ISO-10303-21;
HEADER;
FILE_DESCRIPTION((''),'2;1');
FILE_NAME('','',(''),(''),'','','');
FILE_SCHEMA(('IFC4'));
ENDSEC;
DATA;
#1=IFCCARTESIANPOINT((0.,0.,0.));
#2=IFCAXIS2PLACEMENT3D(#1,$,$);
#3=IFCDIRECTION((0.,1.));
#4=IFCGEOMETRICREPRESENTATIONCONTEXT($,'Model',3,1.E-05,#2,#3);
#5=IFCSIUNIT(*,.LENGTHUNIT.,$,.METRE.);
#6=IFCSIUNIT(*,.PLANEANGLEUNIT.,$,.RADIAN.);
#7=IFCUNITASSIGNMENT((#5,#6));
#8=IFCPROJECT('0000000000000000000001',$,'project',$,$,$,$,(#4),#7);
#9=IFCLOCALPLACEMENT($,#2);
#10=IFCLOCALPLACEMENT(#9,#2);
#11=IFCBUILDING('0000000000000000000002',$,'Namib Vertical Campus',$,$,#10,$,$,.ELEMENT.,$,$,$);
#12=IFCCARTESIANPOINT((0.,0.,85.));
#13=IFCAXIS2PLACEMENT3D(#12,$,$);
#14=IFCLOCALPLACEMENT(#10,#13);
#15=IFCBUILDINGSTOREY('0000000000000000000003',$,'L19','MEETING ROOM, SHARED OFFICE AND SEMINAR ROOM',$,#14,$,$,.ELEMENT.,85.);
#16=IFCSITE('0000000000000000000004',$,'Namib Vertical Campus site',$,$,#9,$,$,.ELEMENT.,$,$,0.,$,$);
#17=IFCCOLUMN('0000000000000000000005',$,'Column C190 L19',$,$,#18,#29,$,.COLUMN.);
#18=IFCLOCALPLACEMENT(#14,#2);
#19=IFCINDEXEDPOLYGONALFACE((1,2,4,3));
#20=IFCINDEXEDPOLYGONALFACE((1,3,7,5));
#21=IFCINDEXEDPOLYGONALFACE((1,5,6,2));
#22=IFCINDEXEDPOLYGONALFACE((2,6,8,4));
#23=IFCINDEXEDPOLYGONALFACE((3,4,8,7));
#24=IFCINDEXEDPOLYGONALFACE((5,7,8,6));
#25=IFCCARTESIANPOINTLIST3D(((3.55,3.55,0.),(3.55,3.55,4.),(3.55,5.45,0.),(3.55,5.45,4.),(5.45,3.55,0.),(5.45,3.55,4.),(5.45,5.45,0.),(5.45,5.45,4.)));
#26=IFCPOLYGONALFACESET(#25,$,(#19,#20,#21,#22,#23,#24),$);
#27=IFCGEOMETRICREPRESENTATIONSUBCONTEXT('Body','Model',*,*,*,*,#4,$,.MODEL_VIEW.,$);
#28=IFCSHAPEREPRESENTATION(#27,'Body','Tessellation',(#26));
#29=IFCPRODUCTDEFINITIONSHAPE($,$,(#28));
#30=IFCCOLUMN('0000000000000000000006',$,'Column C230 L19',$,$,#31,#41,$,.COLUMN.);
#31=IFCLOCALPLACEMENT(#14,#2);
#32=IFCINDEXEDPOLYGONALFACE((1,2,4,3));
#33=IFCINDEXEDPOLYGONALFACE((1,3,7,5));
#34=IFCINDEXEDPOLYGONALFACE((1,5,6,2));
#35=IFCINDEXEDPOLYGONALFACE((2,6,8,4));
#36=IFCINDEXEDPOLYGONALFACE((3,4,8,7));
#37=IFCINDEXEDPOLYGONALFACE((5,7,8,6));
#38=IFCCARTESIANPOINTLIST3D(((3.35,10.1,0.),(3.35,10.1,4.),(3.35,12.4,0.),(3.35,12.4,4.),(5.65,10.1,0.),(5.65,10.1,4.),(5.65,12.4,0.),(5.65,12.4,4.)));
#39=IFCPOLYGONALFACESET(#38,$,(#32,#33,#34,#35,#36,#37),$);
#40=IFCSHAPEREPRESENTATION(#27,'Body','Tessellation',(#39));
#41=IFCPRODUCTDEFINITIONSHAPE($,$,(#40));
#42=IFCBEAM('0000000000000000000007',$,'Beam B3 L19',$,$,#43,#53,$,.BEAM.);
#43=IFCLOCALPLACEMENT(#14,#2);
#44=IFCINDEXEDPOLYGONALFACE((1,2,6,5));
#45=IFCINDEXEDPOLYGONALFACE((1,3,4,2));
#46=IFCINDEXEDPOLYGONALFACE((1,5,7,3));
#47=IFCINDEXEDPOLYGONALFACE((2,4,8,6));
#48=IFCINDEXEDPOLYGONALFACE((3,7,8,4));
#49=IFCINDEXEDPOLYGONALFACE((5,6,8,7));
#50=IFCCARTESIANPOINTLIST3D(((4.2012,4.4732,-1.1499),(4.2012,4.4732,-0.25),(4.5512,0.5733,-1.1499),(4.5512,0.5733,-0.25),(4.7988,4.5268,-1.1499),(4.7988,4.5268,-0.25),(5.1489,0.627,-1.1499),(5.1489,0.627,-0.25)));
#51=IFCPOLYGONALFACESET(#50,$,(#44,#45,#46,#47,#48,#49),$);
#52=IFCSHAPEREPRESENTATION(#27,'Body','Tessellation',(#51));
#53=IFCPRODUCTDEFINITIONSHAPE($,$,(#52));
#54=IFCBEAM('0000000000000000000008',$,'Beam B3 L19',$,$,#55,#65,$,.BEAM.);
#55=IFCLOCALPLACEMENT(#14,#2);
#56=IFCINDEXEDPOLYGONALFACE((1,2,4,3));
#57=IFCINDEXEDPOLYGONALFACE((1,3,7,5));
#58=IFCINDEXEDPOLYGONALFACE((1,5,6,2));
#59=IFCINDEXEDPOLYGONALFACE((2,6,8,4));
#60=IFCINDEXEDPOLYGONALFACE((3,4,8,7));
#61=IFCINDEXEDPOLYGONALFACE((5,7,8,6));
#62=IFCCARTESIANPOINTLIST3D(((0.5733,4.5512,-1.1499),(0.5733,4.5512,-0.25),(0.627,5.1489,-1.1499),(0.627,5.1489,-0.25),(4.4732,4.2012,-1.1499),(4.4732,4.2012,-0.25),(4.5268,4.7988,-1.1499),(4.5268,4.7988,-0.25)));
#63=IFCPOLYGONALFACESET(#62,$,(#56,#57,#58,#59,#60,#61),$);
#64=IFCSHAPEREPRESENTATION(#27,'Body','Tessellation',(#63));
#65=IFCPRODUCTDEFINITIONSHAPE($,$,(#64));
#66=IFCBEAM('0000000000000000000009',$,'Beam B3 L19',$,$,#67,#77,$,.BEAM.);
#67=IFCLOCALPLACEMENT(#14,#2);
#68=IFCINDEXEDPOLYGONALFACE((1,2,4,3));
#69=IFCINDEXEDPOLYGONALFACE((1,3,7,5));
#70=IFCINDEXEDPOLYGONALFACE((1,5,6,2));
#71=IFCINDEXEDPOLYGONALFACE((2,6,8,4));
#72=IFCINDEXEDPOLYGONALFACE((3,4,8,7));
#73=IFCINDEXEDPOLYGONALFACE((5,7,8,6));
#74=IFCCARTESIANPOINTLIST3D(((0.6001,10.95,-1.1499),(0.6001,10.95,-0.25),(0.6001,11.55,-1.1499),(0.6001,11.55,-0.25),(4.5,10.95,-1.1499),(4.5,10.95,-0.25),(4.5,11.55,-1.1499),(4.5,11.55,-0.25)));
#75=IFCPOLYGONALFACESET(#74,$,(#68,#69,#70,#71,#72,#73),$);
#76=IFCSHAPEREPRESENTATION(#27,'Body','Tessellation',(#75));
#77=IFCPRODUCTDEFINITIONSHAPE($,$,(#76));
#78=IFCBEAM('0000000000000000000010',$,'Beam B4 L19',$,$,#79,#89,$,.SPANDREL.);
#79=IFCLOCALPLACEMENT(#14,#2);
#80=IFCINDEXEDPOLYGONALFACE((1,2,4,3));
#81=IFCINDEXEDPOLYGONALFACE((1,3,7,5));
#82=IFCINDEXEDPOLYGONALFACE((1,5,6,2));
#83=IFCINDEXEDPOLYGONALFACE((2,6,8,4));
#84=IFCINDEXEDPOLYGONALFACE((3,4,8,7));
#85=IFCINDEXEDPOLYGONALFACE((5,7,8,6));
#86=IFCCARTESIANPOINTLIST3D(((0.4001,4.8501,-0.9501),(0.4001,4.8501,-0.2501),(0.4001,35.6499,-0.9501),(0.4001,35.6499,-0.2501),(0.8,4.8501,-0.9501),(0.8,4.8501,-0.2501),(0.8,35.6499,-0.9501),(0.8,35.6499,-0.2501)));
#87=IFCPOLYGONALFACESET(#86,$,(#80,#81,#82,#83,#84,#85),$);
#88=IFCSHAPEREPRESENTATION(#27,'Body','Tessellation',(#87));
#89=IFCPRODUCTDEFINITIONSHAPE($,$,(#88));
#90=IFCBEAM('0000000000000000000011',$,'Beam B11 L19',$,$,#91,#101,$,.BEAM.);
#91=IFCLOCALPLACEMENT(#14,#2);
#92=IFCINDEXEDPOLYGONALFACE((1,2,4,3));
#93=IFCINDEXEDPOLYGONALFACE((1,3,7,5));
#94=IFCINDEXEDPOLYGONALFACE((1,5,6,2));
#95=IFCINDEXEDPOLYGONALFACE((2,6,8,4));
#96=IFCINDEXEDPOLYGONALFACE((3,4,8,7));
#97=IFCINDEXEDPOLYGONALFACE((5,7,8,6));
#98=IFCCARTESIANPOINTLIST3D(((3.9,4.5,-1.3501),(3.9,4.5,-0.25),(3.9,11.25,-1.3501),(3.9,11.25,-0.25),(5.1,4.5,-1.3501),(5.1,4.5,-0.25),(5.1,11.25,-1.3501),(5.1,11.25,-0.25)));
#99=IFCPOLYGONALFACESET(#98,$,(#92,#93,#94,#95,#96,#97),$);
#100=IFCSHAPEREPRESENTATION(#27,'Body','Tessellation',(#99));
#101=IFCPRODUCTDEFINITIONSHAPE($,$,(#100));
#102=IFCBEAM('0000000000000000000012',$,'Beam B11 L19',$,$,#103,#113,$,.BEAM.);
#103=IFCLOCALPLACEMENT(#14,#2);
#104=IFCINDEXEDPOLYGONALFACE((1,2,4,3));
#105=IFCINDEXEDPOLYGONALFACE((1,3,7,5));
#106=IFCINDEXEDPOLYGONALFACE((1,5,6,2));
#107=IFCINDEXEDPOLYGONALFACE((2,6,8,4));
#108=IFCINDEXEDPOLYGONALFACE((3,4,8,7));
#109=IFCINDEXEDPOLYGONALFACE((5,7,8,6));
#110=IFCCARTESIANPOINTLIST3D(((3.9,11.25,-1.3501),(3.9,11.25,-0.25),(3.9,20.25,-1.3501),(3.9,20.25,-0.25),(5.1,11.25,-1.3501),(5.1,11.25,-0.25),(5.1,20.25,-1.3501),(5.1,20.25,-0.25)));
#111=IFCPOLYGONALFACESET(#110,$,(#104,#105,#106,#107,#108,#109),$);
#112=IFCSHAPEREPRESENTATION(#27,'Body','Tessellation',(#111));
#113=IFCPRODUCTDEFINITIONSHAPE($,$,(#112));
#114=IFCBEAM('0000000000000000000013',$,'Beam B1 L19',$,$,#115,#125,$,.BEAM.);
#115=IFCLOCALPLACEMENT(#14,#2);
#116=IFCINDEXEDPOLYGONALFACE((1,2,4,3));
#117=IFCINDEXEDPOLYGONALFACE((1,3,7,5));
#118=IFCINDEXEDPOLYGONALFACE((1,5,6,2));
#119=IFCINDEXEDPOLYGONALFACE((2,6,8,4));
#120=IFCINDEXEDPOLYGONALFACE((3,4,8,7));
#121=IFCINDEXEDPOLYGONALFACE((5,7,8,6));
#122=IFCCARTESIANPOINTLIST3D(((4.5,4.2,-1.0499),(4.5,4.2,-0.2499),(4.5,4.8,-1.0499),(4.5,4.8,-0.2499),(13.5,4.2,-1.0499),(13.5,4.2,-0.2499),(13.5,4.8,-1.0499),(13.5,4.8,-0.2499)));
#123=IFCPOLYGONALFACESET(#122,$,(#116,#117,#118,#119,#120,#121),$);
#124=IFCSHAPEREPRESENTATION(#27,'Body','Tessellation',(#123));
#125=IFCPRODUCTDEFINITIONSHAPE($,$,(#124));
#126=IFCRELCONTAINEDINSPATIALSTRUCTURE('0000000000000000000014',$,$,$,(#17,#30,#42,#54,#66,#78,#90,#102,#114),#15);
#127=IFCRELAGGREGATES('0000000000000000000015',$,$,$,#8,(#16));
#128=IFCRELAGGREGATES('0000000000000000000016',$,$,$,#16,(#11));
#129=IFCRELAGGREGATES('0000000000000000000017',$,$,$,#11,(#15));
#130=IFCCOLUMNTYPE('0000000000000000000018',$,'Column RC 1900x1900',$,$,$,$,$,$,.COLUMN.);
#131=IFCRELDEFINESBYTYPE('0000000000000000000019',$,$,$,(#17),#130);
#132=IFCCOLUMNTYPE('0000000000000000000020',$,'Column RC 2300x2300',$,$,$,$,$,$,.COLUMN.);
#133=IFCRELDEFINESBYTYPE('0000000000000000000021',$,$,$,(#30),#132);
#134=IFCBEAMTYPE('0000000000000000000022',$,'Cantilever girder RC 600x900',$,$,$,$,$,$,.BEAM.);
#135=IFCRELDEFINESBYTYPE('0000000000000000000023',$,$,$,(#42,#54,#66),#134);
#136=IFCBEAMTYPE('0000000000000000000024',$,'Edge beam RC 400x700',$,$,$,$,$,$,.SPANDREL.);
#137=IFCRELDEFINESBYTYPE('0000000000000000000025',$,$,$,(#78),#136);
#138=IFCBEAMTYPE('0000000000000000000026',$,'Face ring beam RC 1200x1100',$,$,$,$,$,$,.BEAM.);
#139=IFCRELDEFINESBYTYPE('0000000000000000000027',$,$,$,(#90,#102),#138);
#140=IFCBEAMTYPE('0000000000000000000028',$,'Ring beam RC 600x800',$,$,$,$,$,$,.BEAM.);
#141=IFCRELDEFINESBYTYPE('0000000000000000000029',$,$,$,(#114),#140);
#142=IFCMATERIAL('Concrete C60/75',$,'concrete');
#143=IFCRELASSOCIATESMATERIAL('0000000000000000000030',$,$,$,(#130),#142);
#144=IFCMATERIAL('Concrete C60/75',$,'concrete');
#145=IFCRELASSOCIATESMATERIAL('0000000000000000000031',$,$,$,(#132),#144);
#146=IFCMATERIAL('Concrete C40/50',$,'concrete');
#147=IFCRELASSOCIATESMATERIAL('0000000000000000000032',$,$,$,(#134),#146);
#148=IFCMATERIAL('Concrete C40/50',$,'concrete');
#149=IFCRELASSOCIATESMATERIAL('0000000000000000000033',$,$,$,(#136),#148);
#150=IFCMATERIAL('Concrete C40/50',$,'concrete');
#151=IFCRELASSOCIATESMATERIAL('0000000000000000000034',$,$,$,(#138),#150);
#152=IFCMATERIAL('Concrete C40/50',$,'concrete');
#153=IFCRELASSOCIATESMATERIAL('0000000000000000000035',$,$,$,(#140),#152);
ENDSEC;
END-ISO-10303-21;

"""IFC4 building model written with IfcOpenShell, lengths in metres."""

from ifc_helpers import new_model, si_unit, direction, frame, origin, origin_2d, place, context, subcontext, project, spatial, rectangle, extrude, material, material_profile, profile_set, type_object, element, save


model = new_model("IFC4")

# Units and contexts
model_context = context("Model", 3, precision=1e-05, world=origin(), true_north=direction((0.0, 1.0)))
body_context = subcontext(model_context, "Body", "Model", "MODEL_VIEW")
ifc_project = project(units=[si_unit("LENGTHUNIT", "METRE"), si_unit("PLANEANGLEUNIT", "RADIAN")], contexts=[model_context])

# Site, building, storey
site_placement = place(None, origin())
site = spatial("IfcSite", under=ifc_project, at=site_placement, Name="Namib Vertical Campus site", CompositionType="ELEMENT", RefElevation=0.0)
building_placement = place(site_placement, origin())
building = spatial("IfcBuilding", under=site, at=building_placement, Name="Namib Vertical Campus", CompositionType="ELEMENT")
storey_placement = place(building_placement, frame((0.0, 0.0, 85.0)))
storey = spatial("IfcBuildingStorey", under=building, at=storey_placement, Name="L19", Description="MEETING ROOM, SHARED OFFICE AND SEMINAR ROOM", CompositionType="ELEMENT", Elevation=85.0)

# Columns
ifc_material_1 = material(Name="Concrete C60/75", Category="concrete")
ifc_material_profile_1 = material_profile(ifc_material_1, rectangle(XDim=1.8999, YDim=1.8999, at=origin_2d()))
ifc_profile_set_1 = profile_set([ifc_material_profile_1], Name="Concrete C60/75")
column_type_1 = type_object("IfcColumnType", Name="Column RC 1900x1900", PredefinedType="COLUMN", material=ifc_profile_set_1)
column_1_placement = place(storey_placement, frame((4.5, 4.5, 0.0), z_axis=(0.0, 0.0, 1.0), x_axis=(1.0, 0.0, 0.0)))
element("IfcColumn", 1, at=column_1_placement, inside=storey, type_object=column_type_1, Name="Column C190 L19", PredefinedType="COLUMN", context=body_context, shape_type="SweptSolid", body=[
    extrude(rectangle(XDim=1.8999, YDim=1.8999, at=origin_2d()), origin(), (0.0, 0.0, 1.0), 4.0),
])
ifc_material_2 = material(Name="Concrete C60/75", Category="concrete")
ifc_material_profile_2 = material_profile(ifc_material_2, rectangle(XDim=2.3, YDim=2.3, at=origin_2d()))
ifc_profile_set_2 = profile_set([ifc_material_profile_2], Name="Concrete C60/75")
column_type_2 = type_object("IfcColumnType", Name="Column RC 2300x2300", PredefinedType="COLUMN", material=ifc_profile_set_2)
column_2_placement = place(storey_placement, frame((4.5, 11.25, 0.0), z_axis=(0.0, 0.0, 1.0), x_axis=(1.0, 0.0, 0.0)))
element("IfcColumn", 2, at=column_2_placement, inside=storey, type_object=column_type_2, Name="Column C230 L19", PredefinedType="COLUMN", context=body_context, shape_type="SweptSolid", body=[
    extrude(rectangle(XDim=2.3, YDim=2.3, at=origin_2d()), origin(), (0.0, 0.0, 1.0), 4.0),
])

# Beams
ifc_material_3 = material(Name="Concrete C40/50", Category="concrete")
ifc_material_profile_3 = material_profile(ifc_material_3, rectangle(XDim=0.6001, YDim=0.8999, at=origin_2d()))
ifc_profile_set_3 = profile_set([ifc_material_profile_3], Name="Concrete C40/50")
beam_type_1 = type_object("IfcBeamType", Name="Cantilever girder RC 600x900", PredefinedType="BEAM", material=ifc_profile_set_3)
for number, where, z_axis, x_axis, name in (
    (3, (4.5, 4.5, -0.7), (0.089411, -0.995995, 0.0), (0.995995, 0.089411, 0.0), "Beam B3 L19"),
    (4, (4.5, 4.5, -0.7), (-0.995995, 0.089411, 0.0), (-0.089411, -0.995995, 0.0), "Beam B3 L19"),
):
    element("IfcBeam", number, at=place(storey_placement, frame(where, z_axis=z_axis, x_axis=x_axis)), inside=storey, type_object=beam_type_1, Name=name, PredefinedType="BEAM", context=body_context, shape_type="SweptSolid", body=[
        extrude(rectangle(XDim=0.6001, YDim=0.8999, at=origin_2d()), origin(), (0.0, 0.0, 1.0), 3.9155),
    ])
beam_1_placement = place(storey_placement, frame((4.5, 11.25, -0.7), z_axis=(-1.0, 0.0, 0.0), x_axis=(0.0, -1.0, 0.0)))
element("IfcBeam", 5, at=beam_1_placement, inside=storey, type_object=beam_type_1, Name="Beam B3 L19", PredefinedType="BEAM", context=body_context, shape_type="SweptSolid", body=[
    extrude(rectangle(XDim=0.6001, YDim=0.8999, at=origin_2d()), origin(), (0.0, 0.0, 1.0), 3.8999),
])
ifc_material_4 = material(Name="Concrete C40/50", Category="concrete")
ifc_material_profile_4 = material_profile(ifc_material_4, rectangle(XDim=0.3999, YDim=0.7, at=origin_2d()))
ifc_profile_set_4 = profile_set([ifc_material_profile_4], Name="Concrete C40/50")
beam_type_2 = type_object("IfcBeamType", Name="Edge beam RC 400x700", PredefinedType="SPANDREL", material=ifc_profile_set_4)
beam_2_placement = place(storey_placement, frame((0.6001, 4.8501, -0.6001), z_axis=(0.0, 1.0, 0.0), x_axis=(-1.0, 0.0, 0.0)))
element("IfcBeam", 6, at=beam_2_placement, inside=storey, type_object=beam_type_2, Name="Beam B4 L19", PredefinedType="SPANDREL", context=body_context, shape_type="SweptSolid", body=[
    extrude(rectangle(XDim=0.3999, YDim=0.7, at=origin_2d()), origin(), (0.0, 0.0, 1.0), 30.7998),
])
ifc_material_5 = material(Name="Concrete C40/50", Category="concrete")
ifc_material_profile_5 = material_profile(ifc_material_5, rectangle(XDim=1.2, YDim=1.1001, at=origin_2d()))
ifc_profile_set_5 = profile_set([ifc_material_profile_5], Name="Concrete C40/50")
beam_type_3 = type_object("IfcBeamType", Name="Face ring beam RC 1200x1100", PredefinedType="BEAM", material=ifc_profile_set_5)
beam_3_placement = place(storey_placement, frame((4.5, 4.5, -0.8), z_axis=(0.0, 1.0, 0.0), x_axis=(-1.0, 0.0, 0.0)))
element("IfcBeam", 7, at=beam_3_placement, inside=storey, type_object=beam_type_3, Name="Beam B11 L19", PredefinedType="BEAM", context=body_context, shape_type="SweptSolid", body=[
    extrude(rectangle(XDim=1.2, YDim=1.1001, at=origin_2d()), origin(), (0.0, 0.0, 1.0), 6.75),
])
beam_4_placement = place(storey_placement, frame((4.5, 11.25, -0.8), z_axis=(0.0, 1.0, 0.0), x_axis=(-1.0, 0.0, 0.0)))
element("IfcBeam", 8, at=beam_4_placement, inside=storey, type_object=beam_type_3, Name="Beam B11 L19", PredefinedType="BEAM", context=body_context, shape_type="SweptSolid", body=[
    extrude(rectangle(XDim=1.2, YDim=1.1001, at=origin_2d()), origin(), (0.0, 0.0, 1.0), 9.0),
])
ifc_material_6 = material(Name="Concrete C40/50", Category="concrete")
ifc_material_profile_6 = material_profile(ifc_material_6, rectangle(XDim=0.6001, YDim=0.8, at=origin_2d()))
ifc_profile_set_6 = profile_set([ifc_material_profile_6], Name="Concrete C40/50")
beam_type_4 = type_object("IfcBeamType", Name="Ring beam RC 600x800", PredefinedType="BEAM", material=ifc_profile_set_6)
beam_5_placement = place(storey_placement, frame((4.5, 4.5, -0.6499), z_axis=(1.0, 0.0, 0.0), x_axis=(0.0, 1.0, 0.0)))
element("IfcBeam", 9, at=beam_5_placement, inside=storey, type_object=beam_type_4, Name="Beam B1 L19", PredefinedType="BEAM", context=body_context, shape_type="SweptSolid", body=[
    extrude(rectangle(XDim=0.6001, YDim=0.8, at=origin_2d()), origin(), (0.0, 0.0, 1.0), 9.0),
])

save(model, "model.ifc")
